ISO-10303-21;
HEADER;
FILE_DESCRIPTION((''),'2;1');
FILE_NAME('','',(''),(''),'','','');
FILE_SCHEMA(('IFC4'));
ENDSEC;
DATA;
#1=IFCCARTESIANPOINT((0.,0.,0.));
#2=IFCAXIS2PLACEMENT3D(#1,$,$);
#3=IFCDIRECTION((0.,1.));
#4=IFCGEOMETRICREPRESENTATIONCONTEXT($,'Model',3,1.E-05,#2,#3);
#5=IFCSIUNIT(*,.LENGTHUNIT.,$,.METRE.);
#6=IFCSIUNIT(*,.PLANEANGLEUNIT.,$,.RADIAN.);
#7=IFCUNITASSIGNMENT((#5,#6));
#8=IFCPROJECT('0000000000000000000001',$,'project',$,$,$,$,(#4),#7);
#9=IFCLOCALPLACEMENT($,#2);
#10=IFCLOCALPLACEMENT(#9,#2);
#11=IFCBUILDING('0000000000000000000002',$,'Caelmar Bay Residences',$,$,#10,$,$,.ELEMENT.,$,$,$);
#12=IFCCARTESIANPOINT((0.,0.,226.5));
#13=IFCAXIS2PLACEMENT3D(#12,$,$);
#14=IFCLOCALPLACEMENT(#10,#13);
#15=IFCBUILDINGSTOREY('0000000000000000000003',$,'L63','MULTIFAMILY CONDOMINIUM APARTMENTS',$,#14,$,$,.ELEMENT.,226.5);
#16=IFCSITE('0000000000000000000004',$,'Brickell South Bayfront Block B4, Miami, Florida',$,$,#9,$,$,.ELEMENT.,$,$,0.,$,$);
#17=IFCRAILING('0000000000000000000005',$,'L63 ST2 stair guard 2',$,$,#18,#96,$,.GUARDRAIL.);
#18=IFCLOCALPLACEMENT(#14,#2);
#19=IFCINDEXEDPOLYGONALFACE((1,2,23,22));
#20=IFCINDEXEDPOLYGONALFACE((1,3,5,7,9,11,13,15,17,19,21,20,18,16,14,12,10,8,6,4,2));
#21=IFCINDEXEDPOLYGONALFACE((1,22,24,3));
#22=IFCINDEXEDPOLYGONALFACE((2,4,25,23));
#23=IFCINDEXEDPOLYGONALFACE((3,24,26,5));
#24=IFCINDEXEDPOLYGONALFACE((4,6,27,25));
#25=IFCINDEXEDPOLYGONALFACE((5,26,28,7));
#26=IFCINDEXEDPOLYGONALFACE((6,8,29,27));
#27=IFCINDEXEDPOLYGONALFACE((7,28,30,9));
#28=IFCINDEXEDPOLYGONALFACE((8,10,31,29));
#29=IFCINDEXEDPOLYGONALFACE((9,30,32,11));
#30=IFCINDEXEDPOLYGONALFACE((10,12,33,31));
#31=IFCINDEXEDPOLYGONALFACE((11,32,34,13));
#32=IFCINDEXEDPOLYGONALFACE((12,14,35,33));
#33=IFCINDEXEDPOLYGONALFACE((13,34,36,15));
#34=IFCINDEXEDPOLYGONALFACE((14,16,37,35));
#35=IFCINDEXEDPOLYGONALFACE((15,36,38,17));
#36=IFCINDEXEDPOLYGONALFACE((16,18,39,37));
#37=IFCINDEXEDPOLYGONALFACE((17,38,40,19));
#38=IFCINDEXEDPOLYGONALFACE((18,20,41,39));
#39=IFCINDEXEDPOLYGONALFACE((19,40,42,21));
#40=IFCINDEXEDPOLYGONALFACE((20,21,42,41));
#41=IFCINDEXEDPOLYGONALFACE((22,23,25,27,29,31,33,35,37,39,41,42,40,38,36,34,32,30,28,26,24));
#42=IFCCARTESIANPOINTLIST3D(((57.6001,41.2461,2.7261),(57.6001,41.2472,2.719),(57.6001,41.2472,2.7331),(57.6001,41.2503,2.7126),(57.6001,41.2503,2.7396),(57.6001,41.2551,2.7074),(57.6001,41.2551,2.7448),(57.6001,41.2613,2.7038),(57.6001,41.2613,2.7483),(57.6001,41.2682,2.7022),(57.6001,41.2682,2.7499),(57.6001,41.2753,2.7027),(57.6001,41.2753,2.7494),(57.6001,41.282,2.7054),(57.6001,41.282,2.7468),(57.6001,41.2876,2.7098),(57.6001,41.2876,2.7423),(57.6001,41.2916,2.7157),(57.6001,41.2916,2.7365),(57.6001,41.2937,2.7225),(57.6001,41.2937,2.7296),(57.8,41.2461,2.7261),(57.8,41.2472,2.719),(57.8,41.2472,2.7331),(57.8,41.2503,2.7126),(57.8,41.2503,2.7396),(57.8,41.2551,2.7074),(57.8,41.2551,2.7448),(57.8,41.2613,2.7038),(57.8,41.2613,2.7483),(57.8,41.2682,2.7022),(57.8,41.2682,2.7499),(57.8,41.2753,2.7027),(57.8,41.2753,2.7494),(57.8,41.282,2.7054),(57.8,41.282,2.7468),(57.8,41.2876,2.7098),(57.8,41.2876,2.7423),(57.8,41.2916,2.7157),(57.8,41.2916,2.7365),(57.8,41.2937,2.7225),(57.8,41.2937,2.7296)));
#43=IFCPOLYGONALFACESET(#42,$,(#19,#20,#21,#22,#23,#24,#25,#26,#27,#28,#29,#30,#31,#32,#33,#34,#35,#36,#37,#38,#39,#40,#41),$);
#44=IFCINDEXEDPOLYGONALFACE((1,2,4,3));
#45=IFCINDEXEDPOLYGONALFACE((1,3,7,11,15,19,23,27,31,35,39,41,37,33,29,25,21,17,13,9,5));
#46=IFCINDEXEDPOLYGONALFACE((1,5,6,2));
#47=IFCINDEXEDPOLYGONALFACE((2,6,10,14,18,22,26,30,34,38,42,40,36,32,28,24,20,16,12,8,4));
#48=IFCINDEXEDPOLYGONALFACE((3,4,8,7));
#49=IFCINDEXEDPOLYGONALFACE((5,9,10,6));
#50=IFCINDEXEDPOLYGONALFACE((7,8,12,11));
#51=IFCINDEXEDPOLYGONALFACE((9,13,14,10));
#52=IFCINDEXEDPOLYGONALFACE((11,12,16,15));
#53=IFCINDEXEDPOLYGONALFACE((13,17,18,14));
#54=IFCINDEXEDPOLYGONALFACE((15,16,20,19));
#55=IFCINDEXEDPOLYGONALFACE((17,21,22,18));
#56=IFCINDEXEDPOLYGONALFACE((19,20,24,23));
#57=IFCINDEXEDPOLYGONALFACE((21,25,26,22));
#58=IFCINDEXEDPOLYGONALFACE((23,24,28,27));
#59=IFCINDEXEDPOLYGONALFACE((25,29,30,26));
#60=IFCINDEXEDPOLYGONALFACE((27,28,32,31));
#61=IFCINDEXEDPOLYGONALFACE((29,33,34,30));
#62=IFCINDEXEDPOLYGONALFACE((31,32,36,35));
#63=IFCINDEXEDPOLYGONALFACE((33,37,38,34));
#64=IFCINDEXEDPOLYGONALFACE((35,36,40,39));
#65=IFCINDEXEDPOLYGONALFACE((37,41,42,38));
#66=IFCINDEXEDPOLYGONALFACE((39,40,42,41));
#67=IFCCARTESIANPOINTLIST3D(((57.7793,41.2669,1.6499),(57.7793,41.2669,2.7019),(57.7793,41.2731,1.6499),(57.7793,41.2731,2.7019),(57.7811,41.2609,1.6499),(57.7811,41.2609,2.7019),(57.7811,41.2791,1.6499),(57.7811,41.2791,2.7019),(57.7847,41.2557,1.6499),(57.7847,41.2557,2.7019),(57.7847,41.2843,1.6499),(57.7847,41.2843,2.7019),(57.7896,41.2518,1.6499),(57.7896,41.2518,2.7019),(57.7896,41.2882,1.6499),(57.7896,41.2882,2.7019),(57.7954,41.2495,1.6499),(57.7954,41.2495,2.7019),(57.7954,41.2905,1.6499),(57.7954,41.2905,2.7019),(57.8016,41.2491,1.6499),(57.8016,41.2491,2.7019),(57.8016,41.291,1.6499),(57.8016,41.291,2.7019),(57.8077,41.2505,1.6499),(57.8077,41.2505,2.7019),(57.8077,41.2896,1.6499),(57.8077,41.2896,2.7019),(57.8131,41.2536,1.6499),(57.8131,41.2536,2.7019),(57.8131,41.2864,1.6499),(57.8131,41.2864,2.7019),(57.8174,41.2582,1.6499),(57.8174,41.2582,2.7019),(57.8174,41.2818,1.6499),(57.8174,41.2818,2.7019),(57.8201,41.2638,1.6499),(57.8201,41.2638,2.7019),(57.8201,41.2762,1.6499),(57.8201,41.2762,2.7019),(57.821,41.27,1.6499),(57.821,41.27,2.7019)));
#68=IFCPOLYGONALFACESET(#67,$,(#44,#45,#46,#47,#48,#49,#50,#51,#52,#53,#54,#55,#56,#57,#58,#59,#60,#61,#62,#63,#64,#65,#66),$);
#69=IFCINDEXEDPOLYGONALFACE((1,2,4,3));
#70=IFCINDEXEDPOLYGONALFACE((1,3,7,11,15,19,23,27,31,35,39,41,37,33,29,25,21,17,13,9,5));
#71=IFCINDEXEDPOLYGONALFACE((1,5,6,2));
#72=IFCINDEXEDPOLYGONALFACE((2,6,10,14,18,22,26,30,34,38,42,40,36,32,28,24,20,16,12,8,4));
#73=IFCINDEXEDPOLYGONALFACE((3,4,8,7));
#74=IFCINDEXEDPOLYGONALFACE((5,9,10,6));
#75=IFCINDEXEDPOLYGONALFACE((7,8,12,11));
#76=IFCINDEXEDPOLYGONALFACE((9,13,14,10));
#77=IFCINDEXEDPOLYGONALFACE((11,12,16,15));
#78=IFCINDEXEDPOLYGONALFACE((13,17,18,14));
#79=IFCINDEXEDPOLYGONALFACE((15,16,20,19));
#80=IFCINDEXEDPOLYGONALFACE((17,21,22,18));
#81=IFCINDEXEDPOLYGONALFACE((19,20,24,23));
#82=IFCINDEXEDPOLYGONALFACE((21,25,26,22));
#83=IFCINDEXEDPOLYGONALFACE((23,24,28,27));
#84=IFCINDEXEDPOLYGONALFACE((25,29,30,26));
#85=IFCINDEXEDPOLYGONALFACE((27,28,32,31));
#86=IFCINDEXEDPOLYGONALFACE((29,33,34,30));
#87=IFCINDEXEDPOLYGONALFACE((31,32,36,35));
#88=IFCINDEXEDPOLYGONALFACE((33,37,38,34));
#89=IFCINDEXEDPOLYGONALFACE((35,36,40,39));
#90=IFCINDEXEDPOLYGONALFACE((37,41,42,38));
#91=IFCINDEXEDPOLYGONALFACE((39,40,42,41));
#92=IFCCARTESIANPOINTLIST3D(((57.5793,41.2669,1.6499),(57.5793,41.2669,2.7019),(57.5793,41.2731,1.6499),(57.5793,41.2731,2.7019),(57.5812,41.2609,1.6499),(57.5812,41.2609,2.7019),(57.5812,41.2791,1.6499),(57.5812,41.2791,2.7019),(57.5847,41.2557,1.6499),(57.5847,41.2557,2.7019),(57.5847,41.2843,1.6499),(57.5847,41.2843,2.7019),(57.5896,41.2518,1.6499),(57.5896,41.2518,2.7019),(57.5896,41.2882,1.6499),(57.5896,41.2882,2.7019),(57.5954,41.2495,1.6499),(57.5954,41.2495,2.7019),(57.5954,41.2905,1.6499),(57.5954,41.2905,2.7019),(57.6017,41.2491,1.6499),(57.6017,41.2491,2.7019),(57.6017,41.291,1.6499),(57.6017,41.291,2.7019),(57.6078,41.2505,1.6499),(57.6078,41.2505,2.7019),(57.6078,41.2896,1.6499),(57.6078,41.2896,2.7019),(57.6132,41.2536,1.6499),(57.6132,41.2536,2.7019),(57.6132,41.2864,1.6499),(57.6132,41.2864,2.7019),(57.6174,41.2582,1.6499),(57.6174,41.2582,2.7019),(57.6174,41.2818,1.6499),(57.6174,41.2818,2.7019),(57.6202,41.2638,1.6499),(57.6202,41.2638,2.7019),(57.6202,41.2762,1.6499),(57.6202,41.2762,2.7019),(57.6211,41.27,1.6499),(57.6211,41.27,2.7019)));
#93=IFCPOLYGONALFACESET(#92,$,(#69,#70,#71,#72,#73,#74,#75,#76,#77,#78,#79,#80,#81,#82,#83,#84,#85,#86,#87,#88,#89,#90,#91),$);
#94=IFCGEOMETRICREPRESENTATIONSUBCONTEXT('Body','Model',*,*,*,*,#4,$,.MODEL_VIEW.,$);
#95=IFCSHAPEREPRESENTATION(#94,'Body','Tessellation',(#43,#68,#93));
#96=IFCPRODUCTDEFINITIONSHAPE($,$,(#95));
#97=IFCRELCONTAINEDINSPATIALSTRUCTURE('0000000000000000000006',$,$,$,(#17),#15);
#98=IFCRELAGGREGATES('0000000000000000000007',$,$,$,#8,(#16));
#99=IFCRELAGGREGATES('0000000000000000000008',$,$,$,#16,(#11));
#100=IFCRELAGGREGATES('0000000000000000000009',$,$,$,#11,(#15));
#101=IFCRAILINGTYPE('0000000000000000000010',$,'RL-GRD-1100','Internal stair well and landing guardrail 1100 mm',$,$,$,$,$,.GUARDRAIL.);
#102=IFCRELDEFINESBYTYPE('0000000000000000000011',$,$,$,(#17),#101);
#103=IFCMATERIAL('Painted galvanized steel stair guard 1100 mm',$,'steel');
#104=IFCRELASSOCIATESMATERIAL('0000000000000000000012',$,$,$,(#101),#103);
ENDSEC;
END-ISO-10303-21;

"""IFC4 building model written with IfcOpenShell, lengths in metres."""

from ifc_helpers import new_model, si_unit, direction, frame, origin, origin_2d, place, context, subcontext, project, spatial, circle, extrude, material, type_object, element, save


model = new_model("IFC4")

# Units and contexts
model_context = context("Model", 3, precision=1e-05, world=origin(), true_north=direction((0.0, 1.0)))
body_context = subcontext(model_context, "Body", "Model", "MODEL_VIEW")
ifc_project = project(units=[si_unit("LENGTHUNIT", "METRE"), si_unit("PLANEANGLEUNIT", "RADIAN")], contexts=[model_context])

# Site, building, storey
site_placement = place(None, origin())
site = spatial("IfcSite", under=ifc_project, at=site_placement, Name="Brickell South Bayfront Block B4, Miami, Florida", CompositionType="ELEMENT", RefElevation=0.0)
building_placement = place(site_placement, origin())
building = spatial("IfcBuilding", under=site, at=building_placement, Name="Caelmar Bay Residences", CompositionType="ELEMENT")
storey_placement = place(building_placement, frame((0.0, 0.0, 226.5)))
storey = spatial("IfcBuildingStorey", under=building, at=storey_placement, Name="L63", Description="MULTIFAMILY CONDOMINIUM APARTMENTS", CompositionType="ELEMENT", Elevation=226.5)

# Railing
ifc_material_1 = material(Name="Painted galvanized steel stair guard 1100 mm", Category="steel")
railing_type_1 = type_object("IfcRailingType", Name="RL-GRD-1100", Description="Internal stair well and landing guardrail 1100 mm", PredefinedType="GUARDRAIL", material=ifc_material_1)
railing_1_placement = place(storey_placement, frame((57.8, 41.27, 1.6499)))
element("IfcRailing", 1, at=railing_1_placement, inside=storey, type_object=railing_type_1, Name="L63 ST2 stair guard 2", PredefinedType="GUARDRAIL", context=body_context, shape_type="SweptSolid", body=[
    extrude(circle(Radius=0.0239, at=origin_2d()), frame((0.0, 0.0, 1.0762), z_axis=(-1.0, 0.0, 0.0), x_axis=(0.0, -1.0, 0.0)), (0.0, 0.0, 1.0), 0.2),
    extrude(circle(Radius=0.021, at=origin_2d()), origin(), (0.0, 0.0, 1.0), 1.052),
    extrude(circle(Radius=0.021, at=origin_2d()), frame((-0.2, 0.0, 0.0)), (0.0, 0.0, 1.0), 1.052),
])

save(model, "model.ifc")
